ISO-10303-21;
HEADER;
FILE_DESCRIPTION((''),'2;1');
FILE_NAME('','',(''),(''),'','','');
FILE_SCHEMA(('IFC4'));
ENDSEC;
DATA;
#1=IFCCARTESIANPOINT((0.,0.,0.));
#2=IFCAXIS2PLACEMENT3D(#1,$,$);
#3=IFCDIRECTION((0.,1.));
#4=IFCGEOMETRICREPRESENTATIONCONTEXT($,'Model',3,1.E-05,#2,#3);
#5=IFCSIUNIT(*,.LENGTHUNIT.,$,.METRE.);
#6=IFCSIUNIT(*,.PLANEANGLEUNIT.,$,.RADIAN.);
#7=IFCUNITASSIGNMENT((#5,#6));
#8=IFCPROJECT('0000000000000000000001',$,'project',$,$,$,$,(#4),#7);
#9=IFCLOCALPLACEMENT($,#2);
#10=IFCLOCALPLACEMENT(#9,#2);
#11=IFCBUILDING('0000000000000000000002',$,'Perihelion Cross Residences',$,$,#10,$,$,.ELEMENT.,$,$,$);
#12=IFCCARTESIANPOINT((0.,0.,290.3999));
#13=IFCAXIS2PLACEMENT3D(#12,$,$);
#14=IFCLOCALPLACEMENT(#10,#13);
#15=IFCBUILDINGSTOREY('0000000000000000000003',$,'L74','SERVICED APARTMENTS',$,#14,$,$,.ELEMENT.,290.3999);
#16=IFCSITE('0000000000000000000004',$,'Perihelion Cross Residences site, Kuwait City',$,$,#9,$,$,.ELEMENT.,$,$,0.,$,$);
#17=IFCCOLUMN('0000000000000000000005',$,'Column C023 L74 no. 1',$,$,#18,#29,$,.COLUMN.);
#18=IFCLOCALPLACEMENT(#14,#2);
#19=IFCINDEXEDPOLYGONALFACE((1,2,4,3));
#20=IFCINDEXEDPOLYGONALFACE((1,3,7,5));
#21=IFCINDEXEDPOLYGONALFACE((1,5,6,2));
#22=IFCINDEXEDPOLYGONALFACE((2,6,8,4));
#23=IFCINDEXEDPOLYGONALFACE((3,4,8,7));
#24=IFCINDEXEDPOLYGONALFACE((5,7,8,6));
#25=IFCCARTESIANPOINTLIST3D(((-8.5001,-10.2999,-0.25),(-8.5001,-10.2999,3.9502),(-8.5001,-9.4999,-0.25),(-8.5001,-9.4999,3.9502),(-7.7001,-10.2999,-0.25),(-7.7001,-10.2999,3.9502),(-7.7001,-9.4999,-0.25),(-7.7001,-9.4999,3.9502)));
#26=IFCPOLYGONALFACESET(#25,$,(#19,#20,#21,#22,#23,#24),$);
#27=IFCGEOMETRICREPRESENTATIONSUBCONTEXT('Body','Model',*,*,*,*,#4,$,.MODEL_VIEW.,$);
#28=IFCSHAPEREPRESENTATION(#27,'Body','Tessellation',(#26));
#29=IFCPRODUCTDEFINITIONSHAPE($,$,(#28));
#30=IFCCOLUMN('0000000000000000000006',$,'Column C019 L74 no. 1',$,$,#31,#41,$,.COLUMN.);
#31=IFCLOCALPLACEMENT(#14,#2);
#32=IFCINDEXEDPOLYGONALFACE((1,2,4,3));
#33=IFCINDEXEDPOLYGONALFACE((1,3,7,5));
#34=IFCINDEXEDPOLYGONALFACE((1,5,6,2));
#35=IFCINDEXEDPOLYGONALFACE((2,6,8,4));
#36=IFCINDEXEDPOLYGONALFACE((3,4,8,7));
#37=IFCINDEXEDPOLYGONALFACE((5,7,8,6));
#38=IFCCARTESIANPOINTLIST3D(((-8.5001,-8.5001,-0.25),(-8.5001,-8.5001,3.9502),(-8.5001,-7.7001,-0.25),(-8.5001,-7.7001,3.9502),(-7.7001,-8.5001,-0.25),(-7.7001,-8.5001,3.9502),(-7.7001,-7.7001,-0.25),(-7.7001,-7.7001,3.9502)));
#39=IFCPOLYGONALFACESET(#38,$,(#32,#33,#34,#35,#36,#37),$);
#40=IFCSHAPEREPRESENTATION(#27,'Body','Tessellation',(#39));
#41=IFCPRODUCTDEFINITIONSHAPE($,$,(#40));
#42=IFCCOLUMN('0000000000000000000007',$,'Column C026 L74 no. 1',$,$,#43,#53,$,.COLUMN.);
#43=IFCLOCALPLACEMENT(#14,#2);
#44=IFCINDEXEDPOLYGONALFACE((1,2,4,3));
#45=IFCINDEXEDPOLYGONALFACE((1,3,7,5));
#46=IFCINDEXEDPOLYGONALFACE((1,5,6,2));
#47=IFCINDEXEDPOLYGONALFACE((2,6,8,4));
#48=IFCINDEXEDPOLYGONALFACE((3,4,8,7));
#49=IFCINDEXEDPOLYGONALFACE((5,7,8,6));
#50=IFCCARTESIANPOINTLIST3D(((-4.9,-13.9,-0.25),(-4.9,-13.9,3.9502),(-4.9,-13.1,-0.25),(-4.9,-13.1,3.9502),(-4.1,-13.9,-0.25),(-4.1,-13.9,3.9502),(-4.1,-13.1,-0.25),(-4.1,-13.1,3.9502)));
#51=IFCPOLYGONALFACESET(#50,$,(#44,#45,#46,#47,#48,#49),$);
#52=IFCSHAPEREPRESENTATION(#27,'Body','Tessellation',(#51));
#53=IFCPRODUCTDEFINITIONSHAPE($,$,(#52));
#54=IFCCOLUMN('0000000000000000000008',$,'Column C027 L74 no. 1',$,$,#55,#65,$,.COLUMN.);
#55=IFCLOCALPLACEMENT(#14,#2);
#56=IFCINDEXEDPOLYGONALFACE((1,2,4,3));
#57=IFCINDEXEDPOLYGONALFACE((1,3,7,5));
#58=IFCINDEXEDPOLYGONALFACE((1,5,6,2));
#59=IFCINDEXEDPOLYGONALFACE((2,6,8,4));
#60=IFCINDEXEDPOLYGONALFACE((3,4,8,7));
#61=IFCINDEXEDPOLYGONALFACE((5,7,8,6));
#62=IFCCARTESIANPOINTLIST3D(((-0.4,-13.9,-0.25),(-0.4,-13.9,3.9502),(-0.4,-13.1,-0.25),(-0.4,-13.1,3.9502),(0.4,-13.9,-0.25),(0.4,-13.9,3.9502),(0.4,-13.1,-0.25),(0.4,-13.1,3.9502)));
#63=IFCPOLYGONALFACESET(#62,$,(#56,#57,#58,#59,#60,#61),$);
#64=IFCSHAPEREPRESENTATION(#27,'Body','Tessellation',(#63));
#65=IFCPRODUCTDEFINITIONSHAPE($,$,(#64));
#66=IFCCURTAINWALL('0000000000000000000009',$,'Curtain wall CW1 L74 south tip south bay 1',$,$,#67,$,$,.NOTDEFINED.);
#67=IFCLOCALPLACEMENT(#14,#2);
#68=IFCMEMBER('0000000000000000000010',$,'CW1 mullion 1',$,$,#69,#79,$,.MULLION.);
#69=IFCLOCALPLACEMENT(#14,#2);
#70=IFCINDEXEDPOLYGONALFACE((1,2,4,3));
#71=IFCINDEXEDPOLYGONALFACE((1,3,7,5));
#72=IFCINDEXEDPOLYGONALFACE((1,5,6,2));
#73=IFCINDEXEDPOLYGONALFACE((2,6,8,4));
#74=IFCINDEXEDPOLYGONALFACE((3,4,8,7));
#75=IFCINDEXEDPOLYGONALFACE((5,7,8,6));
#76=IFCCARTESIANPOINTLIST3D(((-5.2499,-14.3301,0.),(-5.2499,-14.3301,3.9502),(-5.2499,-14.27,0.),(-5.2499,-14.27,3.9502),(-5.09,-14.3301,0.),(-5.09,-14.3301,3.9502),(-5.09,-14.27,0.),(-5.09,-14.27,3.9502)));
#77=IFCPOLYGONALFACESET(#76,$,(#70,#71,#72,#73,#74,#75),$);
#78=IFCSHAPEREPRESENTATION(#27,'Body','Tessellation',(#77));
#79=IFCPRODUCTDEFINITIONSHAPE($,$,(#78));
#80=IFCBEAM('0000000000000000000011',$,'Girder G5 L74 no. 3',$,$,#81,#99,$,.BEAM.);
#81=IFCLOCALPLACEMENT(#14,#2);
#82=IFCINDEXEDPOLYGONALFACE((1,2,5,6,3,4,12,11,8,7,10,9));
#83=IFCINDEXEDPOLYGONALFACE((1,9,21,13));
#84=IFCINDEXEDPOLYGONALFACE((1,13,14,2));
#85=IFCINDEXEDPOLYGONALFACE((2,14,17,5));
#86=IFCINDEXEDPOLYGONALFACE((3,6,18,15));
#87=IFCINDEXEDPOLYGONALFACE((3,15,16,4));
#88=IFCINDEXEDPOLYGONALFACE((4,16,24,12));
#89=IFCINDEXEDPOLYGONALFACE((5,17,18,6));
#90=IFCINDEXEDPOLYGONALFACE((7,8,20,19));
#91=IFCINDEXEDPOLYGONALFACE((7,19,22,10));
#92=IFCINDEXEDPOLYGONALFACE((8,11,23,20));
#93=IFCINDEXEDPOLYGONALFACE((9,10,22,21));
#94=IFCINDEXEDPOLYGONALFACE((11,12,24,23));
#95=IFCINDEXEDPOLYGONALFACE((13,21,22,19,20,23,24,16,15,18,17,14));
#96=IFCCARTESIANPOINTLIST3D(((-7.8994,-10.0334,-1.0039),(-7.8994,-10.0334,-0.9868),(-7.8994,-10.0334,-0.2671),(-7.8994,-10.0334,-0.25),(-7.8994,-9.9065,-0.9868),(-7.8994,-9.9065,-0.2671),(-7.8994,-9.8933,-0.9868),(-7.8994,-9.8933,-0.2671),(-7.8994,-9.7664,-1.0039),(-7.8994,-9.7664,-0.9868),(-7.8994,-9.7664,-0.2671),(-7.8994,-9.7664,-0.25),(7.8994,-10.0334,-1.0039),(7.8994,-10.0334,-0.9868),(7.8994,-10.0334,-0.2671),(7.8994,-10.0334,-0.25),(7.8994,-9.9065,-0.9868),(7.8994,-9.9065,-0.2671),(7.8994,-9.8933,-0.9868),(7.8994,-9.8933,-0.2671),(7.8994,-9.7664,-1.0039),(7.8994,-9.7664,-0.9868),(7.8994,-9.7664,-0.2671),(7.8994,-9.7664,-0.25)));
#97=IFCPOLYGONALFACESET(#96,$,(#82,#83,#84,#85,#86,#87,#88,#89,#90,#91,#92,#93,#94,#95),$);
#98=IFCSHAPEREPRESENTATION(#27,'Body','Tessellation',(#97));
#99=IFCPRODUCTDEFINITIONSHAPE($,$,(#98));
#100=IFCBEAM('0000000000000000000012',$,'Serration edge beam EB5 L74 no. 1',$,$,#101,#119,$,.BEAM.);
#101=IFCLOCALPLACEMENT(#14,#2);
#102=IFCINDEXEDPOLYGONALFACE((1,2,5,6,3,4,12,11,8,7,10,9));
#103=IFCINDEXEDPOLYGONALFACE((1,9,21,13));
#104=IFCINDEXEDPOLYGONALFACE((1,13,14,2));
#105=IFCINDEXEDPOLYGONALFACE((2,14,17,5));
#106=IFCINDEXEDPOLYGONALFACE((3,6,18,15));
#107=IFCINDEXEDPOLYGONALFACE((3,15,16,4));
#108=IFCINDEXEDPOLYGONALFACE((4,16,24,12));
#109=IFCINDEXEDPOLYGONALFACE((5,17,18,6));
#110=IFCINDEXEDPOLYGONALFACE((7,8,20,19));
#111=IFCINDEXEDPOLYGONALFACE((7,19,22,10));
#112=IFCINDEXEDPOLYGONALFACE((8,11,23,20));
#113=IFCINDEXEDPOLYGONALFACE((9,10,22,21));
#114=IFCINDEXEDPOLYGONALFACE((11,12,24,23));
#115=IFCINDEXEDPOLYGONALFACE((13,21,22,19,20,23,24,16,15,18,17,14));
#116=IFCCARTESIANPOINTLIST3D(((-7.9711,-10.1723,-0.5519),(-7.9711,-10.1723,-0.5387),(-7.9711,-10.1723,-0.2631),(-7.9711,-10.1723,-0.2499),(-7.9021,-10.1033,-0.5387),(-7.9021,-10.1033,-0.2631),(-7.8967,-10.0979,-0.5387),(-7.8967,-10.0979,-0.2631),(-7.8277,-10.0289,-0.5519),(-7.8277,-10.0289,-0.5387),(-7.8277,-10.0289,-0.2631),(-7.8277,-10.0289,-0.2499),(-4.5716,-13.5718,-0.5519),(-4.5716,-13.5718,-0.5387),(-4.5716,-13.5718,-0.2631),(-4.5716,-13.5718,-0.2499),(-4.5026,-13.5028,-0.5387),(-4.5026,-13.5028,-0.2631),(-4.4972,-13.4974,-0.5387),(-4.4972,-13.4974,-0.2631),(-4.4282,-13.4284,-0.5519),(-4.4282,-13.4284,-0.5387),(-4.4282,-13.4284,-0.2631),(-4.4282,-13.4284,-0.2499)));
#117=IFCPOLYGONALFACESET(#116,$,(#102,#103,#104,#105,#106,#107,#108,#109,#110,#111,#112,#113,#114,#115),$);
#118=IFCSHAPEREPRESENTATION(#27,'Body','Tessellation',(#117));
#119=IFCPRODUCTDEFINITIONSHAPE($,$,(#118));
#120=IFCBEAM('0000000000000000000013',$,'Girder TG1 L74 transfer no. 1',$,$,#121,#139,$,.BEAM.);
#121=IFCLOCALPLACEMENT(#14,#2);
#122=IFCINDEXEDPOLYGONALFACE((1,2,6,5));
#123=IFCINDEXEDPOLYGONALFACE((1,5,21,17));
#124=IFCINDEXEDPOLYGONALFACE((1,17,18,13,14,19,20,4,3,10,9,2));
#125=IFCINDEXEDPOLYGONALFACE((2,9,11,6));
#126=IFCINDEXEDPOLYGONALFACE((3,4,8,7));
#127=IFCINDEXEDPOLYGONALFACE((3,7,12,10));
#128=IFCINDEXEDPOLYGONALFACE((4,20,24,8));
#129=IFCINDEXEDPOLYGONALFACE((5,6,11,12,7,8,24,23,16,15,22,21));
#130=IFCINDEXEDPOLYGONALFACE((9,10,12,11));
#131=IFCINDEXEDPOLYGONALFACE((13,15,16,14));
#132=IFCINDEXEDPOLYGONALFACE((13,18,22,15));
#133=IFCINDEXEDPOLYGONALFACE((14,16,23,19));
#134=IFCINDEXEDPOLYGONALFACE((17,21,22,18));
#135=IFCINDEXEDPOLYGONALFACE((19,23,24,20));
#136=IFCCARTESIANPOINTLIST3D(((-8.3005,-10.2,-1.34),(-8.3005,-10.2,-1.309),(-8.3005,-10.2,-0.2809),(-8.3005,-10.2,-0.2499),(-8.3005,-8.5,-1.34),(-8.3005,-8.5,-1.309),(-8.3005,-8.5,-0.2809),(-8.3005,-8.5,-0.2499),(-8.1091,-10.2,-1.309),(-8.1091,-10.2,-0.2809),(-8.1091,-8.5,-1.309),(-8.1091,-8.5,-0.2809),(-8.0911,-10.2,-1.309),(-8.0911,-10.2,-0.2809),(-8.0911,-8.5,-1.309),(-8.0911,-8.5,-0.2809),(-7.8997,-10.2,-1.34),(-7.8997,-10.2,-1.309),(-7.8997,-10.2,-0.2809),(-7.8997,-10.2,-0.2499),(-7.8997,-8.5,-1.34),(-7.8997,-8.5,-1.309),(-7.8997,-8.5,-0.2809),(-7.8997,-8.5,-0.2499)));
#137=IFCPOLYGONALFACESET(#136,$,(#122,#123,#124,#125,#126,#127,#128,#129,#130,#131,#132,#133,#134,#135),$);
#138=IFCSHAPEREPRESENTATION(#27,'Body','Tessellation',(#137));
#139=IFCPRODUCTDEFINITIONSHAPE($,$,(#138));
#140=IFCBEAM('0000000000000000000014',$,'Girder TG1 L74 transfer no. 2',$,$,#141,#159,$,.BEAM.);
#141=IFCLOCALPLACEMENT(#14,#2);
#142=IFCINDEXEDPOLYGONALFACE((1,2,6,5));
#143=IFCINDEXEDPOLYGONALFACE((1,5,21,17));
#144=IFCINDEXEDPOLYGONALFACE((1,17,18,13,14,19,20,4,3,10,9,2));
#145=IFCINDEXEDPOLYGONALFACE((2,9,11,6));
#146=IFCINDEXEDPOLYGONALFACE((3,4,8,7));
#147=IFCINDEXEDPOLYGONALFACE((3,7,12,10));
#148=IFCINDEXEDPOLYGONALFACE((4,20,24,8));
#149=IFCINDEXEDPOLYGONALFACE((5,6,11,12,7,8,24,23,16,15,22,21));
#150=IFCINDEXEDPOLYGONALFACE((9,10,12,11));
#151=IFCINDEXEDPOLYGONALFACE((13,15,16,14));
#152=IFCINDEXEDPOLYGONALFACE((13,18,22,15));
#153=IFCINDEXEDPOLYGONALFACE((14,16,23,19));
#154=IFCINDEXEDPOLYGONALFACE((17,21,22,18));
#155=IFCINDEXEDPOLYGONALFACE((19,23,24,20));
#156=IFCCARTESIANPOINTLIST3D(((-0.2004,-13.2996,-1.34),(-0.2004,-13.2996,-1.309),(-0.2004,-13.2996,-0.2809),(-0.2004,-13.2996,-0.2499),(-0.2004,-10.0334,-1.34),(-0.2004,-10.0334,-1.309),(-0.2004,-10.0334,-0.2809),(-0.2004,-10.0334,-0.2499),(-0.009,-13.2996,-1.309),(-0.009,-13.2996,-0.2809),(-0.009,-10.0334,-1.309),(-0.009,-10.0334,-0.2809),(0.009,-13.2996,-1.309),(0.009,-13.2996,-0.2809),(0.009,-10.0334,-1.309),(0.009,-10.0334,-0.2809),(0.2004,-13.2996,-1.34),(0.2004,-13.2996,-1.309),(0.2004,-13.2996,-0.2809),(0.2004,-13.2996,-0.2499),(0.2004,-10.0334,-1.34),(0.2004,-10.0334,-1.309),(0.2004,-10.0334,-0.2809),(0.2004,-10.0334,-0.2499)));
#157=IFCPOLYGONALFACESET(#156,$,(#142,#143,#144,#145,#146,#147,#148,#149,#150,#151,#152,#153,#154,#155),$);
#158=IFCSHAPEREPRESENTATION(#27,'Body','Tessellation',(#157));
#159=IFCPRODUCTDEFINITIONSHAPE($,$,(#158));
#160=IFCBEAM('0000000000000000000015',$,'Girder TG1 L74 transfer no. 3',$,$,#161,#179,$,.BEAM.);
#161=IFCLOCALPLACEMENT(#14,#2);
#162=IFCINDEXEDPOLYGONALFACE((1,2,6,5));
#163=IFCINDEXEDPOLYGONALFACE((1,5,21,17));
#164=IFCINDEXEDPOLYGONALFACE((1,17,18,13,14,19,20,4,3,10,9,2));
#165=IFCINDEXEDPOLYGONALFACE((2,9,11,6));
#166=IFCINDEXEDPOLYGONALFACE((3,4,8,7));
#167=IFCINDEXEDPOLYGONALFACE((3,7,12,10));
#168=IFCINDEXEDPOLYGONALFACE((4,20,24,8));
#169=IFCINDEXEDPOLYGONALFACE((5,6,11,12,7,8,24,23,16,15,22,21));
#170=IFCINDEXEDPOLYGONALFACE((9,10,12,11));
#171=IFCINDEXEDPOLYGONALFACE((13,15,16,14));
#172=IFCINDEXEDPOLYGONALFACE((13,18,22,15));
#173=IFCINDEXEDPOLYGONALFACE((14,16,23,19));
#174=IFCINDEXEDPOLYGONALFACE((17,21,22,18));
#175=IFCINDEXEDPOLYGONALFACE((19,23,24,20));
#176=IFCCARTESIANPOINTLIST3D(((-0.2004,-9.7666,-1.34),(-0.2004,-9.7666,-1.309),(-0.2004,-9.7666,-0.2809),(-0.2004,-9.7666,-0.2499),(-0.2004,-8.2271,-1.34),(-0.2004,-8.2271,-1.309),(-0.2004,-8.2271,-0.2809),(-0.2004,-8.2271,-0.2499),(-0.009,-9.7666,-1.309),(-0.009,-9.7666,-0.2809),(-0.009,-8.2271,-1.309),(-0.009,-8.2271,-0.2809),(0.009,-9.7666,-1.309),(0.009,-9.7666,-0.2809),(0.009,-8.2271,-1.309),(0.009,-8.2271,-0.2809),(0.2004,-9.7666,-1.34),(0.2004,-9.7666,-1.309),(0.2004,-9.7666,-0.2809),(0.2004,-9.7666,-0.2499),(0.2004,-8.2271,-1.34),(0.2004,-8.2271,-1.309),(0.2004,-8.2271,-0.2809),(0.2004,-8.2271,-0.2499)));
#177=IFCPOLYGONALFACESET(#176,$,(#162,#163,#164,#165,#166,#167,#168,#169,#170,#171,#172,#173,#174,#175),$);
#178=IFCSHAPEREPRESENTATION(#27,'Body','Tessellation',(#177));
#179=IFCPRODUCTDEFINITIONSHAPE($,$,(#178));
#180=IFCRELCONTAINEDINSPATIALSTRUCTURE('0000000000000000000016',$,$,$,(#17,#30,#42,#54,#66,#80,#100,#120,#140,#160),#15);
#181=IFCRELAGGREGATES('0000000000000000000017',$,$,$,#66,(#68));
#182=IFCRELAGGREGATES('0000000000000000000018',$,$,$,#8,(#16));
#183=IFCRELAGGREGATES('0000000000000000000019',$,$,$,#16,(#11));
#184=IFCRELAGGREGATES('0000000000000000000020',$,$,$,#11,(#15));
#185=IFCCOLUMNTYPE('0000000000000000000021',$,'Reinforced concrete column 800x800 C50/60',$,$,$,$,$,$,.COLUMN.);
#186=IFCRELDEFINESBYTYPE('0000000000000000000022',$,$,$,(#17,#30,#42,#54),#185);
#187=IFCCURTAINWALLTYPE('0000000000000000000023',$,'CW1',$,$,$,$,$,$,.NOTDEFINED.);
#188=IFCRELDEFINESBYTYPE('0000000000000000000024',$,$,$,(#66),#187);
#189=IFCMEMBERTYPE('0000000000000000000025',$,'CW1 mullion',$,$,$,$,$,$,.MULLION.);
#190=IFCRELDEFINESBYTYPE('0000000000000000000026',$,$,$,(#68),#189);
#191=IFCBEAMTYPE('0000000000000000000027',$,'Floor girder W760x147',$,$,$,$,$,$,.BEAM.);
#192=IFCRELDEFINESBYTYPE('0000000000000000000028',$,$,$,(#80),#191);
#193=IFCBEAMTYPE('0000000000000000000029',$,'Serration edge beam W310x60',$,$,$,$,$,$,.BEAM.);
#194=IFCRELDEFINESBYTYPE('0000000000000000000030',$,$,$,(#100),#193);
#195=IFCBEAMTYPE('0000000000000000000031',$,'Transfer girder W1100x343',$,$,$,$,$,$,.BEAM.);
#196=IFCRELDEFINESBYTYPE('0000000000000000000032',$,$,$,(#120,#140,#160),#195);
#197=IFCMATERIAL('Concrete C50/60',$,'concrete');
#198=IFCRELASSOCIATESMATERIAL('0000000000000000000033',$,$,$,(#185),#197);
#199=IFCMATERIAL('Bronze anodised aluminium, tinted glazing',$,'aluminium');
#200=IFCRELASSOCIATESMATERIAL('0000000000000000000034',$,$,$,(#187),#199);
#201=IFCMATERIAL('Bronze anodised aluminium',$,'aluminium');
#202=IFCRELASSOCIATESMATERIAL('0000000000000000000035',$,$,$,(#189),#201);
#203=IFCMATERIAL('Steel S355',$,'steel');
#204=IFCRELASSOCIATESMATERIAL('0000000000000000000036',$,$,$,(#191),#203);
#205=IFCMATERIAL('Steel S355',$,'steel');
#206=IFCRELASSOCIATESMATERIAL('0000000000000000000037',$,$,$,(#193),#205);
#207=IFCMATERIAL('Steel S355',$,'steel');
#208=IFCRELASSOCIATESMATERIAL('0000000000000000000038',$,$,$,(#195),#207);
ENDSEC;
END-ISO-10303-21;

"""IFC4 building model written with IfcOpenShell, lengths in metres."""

from ifc_helpers import new_model, si_unit, direction, frame, origin, origin_2d, place, context, subcontext, project, spatial, rectangle, i_section, extrude, material, material_profile, profile_set, type_object, element, aggregate, save


model = new_model("IFC4")

# Units and contexts
model_context = context("Model", 3, precision=1e-05, world=origin(), true_north=direction((0.0, 1.0)))
body_context = subcontext(model_context, "Body", "Model", "MODEL_VIEW")
ifc_project = project(units=[si_unit("LENGTHUNIT", "METRE"), si_unit("PLANEANGLEUNIT", "RADIAN")], contexts=[model_context])

# Site, building, storey
site_placement = place(None, origin())
site = spatial("IfcSite", under=ifc_project, at=site_placement, Name="Perihelion Cross Residences site, Kuwait City", CompositionType="ELEMENT", RefElevation=0.0)
building_placement = place(site_placement, origin())
building = spatial("IfcBuilding", under=site, at=building_placement, Name="Perihelion Cross Residences", CompositionType="ELEMENT")
storey_placement = place(building_placement, frame((0.0, 0.0, 290.3999)))
storey = spatial("IfcBuildingStorey", under=building, at=storey_placement, Name="L74", Description="SERVICED APARTMENTS", CompositionType="ELEMENT", Elevation=290.3999)

# Columns
ifc_material_1 = material(Name="Concrete C50/60", Category="concrete")
ifc_material_profile_1 = material_profile(ifc_material_1, rectangle(XDim=0.8, YDim=0.8, at=origin_2d()), Name="RC 800x800")
ifc_profile_set_1 = profile_set([ifc_material_profile_1], Name="Concrete C50/60")
column_type = type_object("IfcColumnType", Name="Reinforced concrete column 800x800 C50/60", PredefinedType="COLUMN", material=ifc_profile_set_1)
for number, where, z_axis, x_axis, name in (
    (1, (-8.1001, -9.8999, -0.25), (0.0, 0.0, 1.0), (1.0, 0.0, 0.0), "Column C023 L74 no. 1"),
    (2, (-8.1001, -8.1001, -0.25), (0.0, 0.0, 1.0), (1.0, 0.0, 0.0), "Column C019 L74 no. 1"),
    (3, (-4.5, -13.5, -0.25), (0.0, 0.0, 1.0), (1.0, 0.0, 0.0), "Column C026 L74 no. 1"),
    (4, (0.0, -13.5, -0.25), (0.0, 0.0, 1.0), (1.0, 0.0, 0.0), "Column C027 L74 no. 1"),
):
    element("IfcColumn", number, at=place(storey_placement, frame(where, z_axis=z_axis, x_axis=x_axis)), inside=storey, type_object=column_type, Name=name, PredefinedType="COLUMN", context=body_context, shape_type="SweptSolid", body=[
        extrude(rectangle(XDim=0.8, YDim=0.8, at=origin_2d()), origin(), (0.0, 0.0, 1.0), 4.2002),
    ])

# Curtain wall, member
ifc_material_2 = material(Name="Bronze anodised aluminium, tinted glazing", Category="aluminium")
curtain_wall_type = type_object("IfcCurtainWallType", Name="CW1", PredefinedType="NOTDEFINED", material=ifc_material_2)
curtain_wall_placement = place(storey_placement, origin())
curtain_wall = element("IfcCurtainWall", 5, at=curtain_wall_placement, inside=storey, type_object=curtain_wall_type, Name="Curtain wall CW1 L74 south tip south bay 1", PredefinedType="NOTDEFINED")
ifc_material_3 = material(Name="Bronze anodised aluminium", Category="aluminium")
ifc_material_profile_2 = material_profile(ifc_material_3, rectangle(XDim=0.0601, YDim=0.1599, at=origin_2d()), Name="CW1 mullion")
ifc_profile_set_2 = profile_set([ifc_material_profile_2], Name="Bronze anodised aluminium")
member_type = type_object("IfcMemberType", Name="CW1 mullion", PredefinedType="MULLION", material=ifc_profile_set_2)
member_placement = place(storey_placement, frame((-5.1699, -14.3, 0.0), z_axis=(0.0, 0.0, 1.0), x_axis=(0.0, 1.0, 0.0)))
member = element("IfcMember", 6, at=member_placement, type_object=member_type, Name="CW1 mullion 1", PredefinedType="MULLION", context=body_context, shape_type="SweptSolid", body=[
    extrude(rectangle(XDim=0.0601, YDim=0.1599, at=origin_2d()), origin(), (0.0, 0.0, 1.0), 3.9502),
])

# Beams
ifc_material_4 = material(Name="Steel S355", Category="steel")
ifc_material_profile_3 = material_profile(ifc_material_4, i_section(OverallWidth=0.2671, OverallDepth=0.7539, WebThickness=0.0132, FlangeThickness=0.0171, at=origin_2d()), Name="W760x147")
ifc_profile_set_3 = profile_set([ifc_material_profile_3], Name="Steel S355")
beam_type_1 = type_object("IfcBeamType", Name="Floor girder W760x147", PredefinedType="BEAM", material=ifc_profile_set_3)
beam_1_placement = place(storey_placement, frame((-7.8994, -9.8999, -0.627), z_axis=(1.0, 0.0, 0.0), x_axis=(0.0, 1.0, 0.0)))
element("IfcBeam", 7, at=beam_1_placement, inside=storey, type_object=beam_type_1, Name="Girder G5 L74 no. 3", PredefinedType="BEAM", context=body_context, shape_type="SweptSolid", body=[
    extrude(i_section(OverallWidth=0.2671, OverallDepth=0.7539, WebThickness=0.0132, FlangeThickness=0.0171, at=origin_2d()), origin(), (0.0, 0.0, 1.0), 15.7988),
])
ifc_material_5 = material(Name="Steel S355", Category="steel")
ifc_material_profile_4 = material_profile(ifc_material_5, i_section(OverallWidth=0.2029, OverallDepth=0.302, WebThickness=0.0076, FlangeThickness=0.0132, at=origin_2d()), Name="W310x60")
ifc_profile_set_4 = profile_set([ifc_material_profile_4], Name="Steel S355")
beam_type_2 = type_object("IfcBeamType", Name="Serration edge beam W310x60", PredefinedType="BEAM", material=ifc_profile_set_4)
beam_2_placement = place(storey_placement, frame((-7.8994, -10.1006, -0.4009), z_axis=(0.707107, -0.707107, 0.0), x_axis=(0.707107, 0.707107, 0.0)))
element("IfcBeam", 8, at=beam_2_placement, inside=storey, type_object=beam_type_2, Name="Serration edge beam EB5 L74 no. 1", PredefinedType="BEAM", context=body_context, shape_type="SweptSolid", body=[
    extrude(i_section(OverallWidth=0.2029, OverallDepth=0.302, WebThickness=0.0076, FlangeThickness=0.0132, at=origin_2d()), origin(), (0.0, 0.0, 1.0), 4.8076),
])
ifc_material_6 = material(Name="Steel S355", Category="steel")
ifc_material_profile_5 = material_profile(ifc_material_6, i_section(OverallWidth=0.4009, OverallDepth=1.0901, WebThickness=0.0181, FlangeThickness=0.031, at=origin_2d()), Name="W1100x343")
ifc_profile_set_5 = profile_set([ifc_material_profile_5], Name="Steel S355")
beam_type_3 = type_object("IfcBeamType", Name="Transfer girder W1100x343", PredefinedType="BEAM", material=ifc_profile_set_5)
beam_3_placement = place(storey_placement, frame((-8.1001, -10.2, -0.7949), z_axis=(0.0, 1.0, 0.0), x_axis=(-1.0, 0.0, 0.0)))
element("IfcBeam", 9, at=beam_3_placement, inside=storey, type_object=beam_type_3, Name="Girder TG1 L74 transfer no. 1", PredefinedType="BEAM", context=body_context, shape_type="SweptSolid", body=[
    extrude(i_section(OverallWidth=0.4009, OverallDepth=1.0901, WebThickness=0.0181, FlangeThickness=0.031, at=origin_2d()), origin(), (0.0, 0.0, 1.0), 1.7),
])
beam_4_placement = place(storey_placement, frame((0.0, -13.2996, -0.7949), z_axis=(0.0, 1.0, 0.0), x_axis=(-1.0, 0.0, 0.0)))
element("IfcBeam", 10, at=beam_4_placement, inside=storey, type_object=beam_type_3, Name="Girder TG1 L74 transfer no. 2", PredefinedType="BEAM", context=body_context, shape_type="SweptSolid", body=[
    extrude(i_section(OverallWidth=0.4009, OverallDepth=1.0901, WebThickness=0.0181, FlangeThickness=0.031, at=origin_2d()), origin(), (0.0, 0.0, 1.0), 3.2661),
])
beam_5_placement = place(storey_placement, frame((0.0, -9.7666, -0.7949), z_axis=(0.0, 1.0, 0.0), x_axis=(-1.0, 0.0, 0.0)))
element("IfcBeam", 11, at=beam_5_placement, inside=storey, type_object=beam_type_3, Name="Girder TG1 L74 transfer no. 3", PredefinedType="BEAM", context=body_context, shape_type="SweptSolid", body=[
    extrude(i_section(OverallWidth=0.4009, OverallDepth=1.0901, WebThickness=0.0181, FlangeThickness=0.031, at=origin_2d()), origin(), (0.0, 0.0, 1.0), 1.5396),
])

aggregate(curtain_wall, [member])

save(model, "model.ifc")
